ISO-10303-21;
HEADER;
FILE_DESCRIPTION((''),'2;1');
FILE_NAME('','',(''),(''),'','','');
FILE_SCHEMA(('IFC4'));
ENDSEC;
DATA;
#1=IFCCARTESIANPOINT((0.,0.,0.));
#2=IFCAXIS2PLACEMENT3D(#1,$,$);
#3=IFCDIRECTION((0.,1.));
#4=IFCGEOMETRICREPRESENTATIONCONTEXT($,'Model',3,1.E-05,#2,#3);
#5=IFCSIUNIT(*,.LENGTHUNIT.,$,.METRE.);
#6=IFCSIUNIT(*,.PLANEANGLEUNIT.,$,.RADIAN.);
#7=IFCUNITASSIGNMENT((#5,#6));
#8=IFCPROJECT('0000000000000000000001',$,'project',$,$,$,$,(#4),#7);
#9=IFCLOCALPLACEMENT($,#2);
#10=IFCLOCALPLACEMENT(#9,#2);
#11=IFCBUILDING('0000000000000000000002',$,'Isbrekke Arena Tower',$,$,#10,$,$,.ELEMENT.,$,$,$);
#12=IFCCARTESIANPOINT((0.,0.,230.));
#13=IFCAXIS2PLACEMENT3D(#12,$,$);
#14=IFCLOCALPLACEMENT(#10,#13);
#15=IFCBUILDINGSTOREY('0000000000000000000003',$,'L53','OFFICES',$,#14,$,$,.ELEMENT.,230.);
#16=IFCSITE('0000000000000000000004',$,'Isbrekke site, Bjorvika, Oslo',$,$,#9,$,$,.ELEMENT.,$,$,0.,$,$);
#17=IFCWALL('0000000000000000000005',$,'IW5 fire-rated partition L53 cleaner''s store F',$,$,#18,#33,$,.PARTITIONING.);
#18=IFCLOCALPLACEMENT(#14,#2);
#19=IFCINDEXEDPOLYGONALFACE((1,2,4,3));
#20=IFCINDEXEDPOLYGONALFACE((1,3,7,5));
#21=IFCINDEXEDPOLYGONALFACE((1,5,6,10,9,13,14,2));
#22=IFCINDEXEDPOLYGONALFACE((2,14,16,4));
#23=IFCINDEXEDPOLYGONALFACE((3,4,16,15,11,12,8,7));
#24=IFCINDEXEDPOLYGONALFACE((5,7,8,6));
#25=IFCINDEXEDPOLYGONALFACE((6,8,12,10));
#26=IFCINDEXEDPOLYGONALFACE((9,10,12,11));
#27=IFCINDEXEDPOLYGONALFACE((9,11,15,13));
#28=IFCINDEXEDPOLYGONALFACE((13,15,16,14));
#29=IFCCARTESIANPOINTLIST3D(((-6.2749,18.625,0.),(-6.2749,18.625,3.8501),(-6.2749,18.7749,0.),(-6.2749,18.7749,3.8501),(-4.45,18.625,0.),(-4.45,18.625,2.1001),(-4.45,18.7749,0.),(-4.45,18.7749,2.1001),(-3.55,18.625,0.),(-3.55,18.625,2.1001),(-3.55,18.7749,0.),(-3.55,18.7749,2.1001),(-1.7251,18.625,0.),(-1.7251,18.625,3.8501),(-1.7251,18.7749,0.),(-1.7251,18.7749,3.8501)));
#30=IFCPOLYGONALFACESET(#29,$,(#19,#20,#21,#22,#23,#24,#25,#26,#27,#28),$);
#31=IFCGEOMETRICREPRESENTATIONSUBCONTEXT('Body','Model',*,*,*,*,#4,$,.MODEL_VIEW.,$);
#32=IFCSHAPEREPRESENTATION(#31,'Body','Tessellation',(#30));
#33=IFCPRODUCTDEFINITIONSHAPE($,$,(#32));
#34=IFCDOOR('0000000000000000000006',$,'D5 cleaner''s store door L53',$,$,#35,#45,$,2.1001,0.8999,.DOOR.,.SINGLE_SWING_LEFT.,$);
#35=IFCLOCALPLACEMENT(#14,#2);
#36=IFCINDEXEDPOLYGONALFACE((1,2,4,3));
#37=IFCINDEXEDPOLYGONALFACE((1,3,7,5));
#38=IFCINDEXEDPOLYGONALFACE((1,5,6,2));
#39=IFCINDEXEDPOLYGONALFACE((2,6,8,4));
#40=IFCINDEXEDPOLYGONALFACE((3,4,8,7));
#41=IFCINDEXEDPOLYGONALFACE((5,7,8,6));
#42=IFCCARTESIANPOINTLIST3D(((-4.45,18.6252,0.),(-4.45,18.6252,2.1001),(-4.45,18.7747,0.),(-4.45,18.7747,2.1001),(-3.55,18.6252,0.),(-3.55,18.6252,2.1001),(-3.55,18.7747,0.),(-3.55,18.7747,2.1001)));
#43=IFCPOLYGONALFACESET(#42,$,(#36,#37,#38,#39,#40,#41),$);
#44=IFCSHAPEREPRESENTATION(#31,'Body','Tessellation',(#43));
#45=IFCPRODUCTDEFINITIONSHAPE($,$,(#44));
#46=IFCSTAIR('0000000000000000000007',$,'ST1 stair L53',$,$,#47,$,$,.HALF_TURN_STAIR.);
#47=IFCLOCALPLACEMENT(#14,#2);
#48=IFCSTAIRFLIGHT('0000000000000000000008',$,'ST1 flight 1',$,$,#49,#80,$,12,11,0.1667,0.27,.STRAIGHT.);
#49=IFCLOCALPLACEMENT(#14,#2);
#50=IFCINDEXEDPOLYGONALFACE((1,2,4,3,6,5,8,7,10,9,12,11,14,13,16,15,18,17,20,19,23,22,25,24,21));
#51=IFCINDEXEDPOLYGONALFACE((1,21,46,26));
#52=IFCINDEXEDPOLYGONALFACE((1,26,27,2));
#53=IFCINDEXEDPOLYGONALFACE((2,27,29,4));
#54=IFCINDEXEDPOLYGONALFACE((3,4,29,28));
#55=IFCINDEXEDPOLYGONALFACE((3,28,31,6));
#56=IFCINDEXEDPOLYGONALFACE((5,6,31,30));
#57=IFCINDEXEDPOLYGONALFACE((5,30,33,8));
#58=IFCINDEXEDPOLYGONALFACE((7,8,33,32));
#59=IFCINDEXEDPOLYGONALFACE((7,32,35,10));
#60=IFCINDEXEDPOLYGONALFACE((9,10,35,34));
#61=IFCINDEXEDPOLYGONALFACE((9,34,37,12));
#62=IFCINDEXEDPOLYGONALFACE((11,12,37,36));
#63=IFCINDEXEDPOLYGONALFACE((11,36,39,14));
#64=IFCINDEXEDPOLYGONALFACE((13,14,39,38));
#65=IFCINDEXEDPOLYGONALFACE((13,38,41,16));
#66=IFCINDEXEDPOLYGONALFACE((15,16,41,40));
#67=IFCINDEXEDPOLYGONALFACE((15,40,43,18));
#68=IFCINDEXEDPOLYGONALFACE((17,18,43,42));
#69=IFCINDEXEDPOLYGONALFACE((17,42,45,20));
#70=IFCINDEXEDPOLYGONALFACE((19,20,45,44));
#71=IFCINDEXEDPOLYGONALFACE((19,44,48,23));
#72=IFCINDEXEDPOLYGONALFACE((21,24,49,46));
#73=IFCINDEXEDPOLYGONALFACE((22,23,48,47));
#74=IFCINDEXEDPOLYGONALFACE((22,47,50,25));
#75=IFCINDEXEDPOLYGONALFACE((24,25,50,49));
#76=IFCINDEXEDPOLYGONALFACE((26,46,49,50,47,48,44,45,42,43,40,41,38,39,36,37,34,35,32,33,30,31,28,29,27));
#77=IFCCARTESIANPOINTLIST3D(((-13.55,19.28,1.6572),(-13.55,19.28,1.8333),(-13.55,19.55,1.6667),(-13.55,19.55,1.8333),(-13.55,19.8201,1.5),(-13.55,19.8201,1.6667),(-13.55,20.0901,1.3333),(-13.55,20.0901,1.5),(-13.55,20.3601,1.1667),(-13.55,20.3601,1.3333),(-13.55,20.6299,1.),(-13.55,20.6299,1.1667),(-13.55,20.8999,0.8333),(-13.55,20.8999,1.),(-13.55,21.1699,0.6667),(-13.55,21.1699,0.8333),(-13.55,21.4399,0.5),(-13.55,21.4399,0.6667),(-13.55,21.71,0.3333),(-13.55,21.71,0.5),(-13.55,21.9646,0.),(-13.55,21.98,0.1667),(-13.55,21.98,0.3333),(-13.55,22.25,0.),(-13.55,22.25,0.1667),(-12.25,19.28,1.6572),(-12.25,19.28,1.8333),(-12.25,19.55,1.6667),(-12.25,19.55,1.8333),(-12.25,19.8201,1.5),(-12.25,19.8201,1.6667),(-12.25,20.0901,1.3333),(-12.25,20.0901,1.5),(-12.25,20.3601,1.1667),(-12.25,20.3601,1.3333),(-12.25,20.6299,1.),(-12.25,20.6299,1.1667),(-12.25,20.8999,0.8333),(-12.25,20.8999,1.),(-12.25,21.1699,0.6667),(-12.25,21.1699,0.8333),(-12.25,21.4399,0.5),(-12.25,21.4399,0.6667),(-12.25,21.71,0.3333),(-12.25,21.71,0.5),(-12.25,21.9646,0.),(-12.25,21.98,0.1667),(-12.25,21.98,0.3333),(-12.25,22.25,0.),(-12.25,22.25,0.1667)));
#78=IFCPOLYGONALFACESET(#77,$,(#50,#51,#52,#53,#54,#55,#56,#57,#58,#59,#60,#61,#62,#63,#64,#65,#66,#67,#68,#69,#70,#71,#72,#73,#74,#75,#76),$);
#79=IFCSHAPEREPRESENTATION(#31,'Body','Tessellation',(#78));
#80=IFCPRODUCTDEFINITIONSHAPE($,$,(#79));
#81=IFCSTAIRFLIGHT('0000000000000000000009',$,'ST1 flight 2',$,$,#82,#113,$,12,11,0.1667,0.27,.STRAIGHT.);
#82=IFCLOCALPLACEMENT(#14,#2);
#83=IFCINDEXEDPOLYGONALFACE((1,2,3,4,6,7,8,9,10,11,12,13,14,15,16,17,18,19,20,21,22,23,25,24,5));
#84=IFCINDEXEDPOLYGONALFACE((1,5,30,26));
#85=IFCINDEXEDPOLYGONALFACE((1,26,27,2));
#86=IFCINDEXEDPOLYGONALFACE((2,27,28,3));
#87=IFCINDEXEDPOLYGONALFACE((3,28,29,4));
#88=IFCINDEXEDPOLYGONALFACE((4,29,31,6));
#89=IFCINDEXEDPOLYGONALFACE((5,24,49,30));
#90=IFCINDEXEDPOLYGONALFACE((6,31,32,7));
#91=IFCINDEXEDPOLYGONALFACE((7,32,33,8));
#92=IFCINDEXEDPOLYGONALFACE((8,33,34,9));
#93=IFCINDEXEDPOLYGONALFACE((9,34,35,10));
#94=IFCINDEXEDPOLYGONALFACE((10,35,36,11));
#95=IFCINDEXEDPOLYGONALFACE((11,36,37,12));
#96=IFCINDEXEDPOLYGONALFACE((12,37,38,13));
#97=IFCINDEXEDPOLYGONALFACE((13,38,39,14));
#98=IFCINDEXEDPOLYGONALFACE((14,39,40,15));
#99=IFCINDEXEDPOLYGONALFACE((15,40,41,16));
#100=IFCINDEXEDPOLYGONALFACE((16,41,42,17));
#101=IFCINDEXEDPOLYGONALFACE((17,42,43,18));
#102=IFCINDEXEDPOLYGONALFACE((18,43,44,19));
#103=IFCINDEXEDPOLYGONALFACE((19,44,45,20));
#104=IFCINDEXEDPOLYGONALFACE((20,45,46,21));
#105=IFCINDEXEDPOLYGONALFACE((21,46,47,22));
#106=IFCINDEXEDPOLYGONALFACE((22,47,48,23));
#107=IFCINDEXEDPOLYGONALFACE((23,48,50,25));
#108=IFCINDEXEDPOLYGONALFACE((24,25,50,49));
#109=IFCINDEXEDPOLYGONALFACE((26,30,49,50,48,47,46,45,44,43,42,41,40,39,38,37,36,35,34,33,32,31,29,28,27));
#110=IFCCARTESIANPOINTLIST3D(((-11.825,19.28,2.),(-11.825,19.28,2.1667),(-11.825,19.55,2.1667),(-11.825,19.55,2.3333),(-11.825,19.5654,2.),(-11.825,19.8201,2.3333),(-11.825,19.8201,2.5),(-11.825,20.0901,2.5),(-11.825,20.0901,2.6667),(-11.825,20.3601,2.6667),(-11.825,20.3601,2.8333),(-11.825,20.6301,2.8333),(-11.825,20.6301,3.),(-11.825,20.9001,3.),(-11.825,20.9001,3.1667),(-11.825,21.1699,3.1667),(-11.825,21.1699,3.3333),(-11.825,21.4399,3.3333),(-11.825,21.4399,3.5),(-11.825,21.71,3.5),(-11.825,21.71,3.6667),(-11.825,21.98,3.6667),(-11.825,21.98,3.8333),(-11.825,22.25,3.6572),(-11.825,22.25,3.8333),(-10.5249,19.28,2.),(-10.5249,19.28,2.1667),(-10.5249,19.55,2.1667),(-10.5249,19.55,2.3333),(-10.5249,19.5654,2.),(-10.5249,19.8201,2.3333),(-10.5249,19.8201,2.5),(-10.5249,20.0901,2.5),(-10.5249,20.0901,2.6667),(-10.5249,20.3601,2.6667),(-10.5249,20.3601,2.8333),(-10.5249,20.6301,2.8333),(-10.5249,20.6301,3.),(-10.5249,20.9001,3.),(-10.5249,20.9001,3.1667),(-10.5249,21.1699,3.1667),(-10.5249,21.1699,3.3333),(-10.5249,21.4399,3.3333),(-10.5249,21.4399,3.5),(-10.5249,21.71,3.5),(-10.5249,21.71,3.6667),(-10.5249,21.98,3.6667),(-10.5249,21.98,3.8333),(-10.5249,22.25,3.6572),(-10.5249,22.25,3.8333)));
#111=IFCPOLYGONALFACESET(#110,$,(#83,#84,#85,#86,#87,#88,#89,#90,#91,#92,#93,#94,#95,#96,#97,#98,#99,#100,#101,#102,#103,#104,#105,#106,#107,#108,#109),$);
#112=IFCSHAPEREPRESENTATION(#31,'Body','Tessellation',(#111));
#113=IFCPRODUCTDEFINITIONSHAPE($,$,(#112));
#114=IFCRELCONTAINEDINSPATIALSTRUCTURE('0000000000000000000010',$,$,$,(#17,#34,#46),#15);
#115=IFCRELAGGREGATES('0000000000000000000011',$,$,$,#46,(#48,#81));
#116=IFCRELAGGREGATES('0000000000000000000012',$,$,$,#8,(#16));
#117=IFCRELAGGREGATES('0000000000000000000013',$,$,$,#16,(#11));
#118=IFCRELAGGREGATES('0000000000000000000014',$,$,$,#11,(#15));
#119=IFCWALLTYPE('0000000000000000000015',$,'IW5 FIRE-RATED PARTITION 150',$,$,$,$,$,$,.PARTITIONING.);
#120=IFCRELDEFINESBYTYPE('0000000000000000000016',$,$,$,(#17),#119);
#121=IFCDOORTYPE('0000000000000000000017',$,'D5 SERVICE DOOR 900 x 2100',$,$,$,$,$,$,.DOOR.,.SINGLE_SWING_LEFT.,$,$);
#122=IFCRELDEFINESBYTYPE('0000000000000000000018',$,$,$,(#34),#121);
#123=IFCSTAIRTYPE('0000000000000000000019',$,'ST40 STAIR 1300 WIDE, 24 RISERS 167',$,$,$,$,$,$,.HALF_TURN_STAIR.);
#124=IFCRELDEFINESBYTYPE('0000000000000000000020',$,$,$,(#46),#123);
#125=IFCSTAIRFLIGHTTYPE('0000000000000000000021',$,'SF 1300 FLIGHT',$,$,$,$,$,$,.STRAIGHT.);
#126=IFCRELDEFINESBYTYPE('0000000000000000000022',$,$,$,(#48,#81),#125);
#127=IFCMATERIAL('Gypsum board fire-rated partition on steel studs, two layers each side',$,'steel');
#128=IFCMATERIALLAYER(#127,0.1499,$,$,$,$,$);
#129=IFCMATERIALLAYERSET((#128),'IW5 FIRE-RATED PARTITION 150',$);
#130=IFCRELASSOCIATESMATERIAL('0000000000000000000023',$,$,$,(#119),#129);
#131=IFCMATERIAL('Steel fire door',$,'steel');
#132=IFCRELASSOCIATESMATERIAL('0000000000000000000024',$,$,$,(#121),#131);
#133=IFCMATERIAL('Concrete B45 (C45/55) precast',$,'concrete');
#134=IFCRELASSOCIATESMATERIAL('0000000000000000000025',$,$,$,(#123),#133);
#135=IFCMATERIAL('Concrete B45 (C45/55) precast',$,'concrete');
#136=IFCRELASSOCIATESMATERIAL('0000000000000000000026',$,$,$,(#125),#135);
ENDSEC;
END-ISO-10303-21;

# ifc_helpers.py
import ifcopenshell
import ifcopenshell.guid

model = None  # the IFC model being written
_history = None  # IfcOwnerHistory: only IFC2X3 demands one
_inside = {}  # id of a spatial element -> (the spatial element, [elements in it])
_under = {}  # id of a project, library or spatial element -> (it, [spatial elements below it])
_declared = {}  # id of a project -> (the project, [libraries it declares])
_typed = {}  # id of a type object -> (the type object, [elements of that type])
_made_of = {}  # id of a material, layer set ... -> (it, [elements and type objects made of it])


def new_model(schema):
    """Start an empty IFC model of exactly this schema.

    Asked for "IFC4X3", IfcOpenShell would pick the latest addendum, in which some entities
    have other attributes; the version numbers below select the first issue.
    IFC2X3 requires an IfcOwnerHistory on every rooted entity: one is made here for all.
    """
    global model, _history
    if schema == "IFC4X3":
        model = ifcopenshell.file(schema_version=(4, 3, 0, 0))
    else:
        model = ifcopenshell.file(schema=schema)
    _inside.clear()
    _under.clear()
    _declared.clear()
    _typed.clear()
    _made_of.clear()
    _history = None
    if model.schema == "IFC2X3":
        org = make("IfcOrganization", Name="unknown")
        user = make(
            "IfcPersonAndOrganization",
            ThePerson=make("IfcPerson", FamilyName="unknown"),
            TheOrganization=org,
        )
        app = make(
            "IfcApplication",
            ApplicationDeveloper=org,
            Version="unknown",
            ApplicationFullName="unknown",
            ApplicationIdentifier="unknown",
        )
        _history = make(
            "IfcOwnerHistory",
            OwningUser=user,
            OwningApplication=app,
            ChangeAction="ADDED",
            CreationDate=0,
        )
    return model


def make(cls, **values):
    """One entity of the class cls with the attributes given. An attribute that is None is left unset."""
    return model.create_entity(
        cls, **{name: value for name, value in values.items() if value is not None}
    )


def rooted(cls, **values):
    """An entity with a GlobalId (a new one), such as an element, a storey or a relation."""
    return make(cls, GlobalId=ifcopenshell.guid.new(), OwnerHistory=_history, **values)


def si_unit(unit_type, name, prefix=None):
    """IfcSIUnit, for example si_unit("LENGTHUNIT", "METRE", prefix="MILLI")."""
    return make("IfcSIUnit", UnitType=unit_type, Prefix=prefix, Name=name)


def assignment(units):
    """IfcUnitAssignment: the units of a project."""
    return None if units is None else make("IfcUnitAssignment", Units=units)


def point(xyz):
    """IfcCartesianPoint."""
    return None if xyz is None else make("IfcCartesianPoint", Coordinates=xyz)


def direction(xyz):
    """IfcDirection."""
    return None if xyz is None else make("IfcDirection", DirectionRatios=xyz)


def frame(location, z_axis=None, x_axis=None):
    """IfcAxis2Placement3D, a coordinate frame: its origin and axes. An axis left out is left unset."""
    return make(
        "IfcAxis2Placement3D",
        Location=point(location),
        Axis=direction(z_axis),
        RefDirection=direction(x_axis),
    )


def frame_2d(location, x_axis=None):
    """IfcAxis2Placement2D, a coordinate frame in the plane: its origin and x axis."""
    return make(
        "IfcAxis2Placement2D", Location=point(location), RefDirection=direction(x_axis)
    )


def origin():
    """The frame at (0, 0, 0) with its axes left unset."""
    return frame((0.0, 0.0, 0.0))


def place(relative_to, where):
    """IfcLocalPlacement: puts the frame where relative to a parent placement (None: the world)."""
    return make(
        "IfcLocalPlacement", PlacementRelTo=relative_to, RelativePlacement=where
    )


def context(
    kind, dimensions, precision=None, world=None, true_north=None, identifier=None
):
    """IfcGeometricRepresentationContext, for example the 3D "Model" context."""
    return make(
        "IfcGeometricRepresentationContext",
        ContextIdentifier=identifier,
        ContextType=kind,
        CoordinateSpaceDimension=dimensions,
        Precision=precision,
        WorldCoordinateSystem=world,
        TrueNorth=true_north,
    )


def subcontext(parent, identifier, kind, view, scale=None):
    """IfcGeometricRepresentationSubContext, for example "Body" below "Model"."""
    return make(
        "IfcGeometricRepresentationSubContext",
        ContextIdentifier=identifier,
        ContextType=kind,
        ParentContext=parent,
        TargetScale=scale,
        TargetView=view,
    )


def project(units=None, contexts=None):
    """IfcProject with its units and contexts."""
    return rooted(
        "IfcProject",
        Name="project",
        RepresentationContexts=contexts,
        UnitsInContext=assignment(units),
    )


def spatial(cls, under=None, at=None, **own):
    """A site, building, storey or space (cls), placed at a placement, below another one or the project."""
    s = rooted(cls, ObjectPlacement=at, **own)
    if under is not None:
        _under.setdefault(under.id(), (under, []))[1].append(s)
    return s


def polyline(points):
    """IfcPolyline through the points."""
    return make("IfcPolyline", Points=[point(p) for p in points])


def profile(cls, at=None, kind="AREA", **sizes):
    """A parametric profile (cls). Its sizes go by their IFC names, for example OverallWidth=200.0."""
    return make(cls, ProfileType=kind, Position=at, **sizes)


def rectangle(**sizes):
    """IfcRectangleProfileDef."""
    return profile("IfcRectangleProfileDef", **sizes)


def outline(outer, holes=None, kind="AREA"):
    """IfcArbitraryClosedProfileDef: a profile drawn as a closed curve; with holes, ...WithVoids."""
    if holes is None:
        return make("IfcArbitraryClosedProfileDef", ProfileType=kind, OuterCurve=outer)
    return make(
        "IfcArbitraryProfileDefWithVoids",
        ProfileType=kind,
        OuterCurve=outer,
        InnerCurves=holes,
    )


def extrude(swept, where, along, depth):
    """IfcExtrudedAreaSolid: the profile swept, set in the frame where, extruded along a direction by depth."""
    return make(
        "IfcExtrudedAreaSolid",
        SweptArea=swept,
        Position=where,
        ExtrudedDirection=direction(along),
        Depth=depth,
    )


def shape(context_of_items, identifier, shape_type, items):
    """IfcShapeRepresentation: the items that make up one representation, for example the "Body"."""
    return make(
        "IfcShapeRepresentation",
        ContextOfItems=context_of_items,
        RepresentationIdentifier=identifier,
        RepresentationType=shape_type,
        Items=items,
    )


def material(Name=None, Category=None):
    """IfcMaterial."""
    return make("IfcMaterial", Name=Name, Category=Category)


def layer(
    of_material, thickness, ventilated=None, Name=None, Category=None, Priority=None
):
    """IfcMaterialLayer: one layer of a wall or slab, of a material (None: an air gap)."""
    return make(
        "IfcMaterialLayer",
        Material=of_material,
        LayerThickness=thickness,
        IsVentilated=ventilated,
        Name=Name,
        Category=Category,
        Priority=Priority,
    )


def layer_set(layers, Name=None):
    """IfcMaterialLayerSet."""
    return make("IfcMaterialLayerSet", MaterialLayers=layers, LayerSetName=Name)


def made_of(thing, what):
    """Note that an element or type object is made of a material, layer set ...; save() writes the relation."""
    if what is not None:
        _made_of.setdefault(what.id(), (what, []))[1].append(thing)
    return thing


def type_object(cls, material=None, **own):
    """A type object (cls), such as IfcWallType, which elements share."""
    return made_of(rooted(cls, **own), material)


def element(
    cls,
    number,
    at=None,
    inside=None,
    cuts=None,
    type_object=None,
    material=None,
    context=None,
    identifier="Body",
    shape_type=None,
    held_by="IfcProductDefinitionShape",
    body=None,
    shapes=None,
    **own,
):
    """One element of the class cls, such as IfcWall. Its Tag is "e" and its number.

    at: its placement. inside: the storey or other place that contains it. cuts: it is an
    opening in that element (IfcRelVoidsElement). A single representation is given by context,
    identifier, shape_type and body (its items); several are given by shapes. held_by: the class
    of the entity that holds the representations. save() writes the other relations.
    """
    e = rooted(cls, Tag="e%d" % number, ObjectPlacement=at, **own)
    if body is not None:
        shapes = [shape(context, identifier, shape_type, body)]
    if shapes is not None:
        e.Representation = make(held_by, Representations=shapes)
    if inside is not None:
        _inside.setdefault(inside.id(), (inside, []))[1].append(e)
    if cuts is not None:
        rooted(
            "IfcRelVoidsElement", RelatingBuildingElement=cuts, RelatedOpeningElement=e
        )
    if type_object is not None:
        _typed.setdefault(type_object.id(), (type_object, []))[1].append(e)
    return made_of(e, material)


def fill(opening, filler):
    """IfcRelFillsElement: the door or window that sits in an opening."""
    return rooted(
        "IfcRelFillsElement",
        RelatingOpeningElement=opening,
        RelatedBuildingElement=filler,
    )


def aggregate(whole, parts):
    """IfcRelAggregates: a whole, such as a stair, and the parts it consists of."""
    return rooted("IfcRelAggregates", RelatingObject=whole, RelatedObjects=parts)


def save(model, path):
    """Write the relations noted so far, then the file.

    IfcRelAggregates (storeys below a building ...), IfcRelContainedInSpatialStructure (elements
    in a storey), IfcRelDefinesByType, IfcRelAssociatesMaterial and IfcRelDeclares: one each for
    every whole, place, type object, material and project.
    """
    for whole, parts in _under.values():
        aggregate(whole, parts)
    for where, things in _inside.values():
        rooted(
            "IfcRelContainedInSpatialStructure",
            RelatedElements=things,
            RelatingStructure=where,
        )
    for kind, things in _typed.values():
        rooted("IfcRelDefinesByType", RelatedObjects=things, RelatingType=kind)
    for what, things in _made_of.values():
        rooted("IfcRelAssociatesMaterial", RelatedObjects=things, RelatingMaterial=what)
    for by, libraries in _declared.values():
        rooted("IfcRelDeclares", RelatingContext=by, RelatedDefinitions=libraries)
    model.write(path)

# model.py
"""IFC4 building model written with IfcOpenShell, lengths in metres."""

from ifc_helpers import new_model, si_unit, direction, frame, frame_2d, origin, place, context, subcontext, project, spatial, polyline, rectangle, outline, extrude, material, layer, layer_set, type_object, element, fill, aggregate, save


model = new_model("IFC4")

# Units and contexts
model_context = context("Model", 3, precision=1e-05, world=origin(), true_north=direction((0.0, 1.0)))
body_context = subcontext(model_context, "Body", "Model", "MODEL_VIEW")
ifc_project = project(units=[si_unit("LENGTHUNIT", "METRE"), si_unit("PLANEANGLEUNIT", "RADIAN")], contexts=[model_context])

# Site, building, storey
site_placement = place(None, origin())
site = spatial("IfcSite", under=ifc_project, at=site_placement, Name="Isbrekke site, Bjorvika, Oslo", CompositionType="ELEMENT", RefElevation=0.0)
building_placement = place(site_placement, origin())
building = spatial("IfcBuilding", under=site, at=building_placement, Name="Isbrekke Arena Tower", CompositionType="ELEMENT")
storey_placement = place(building_placement, frame((0.0, 0.0, 230.0)))
storey = spatial("IfcBuildingStorey", under=building, at=storey_placement, Name="L53", Description="OFFICES", CompositionType="ELEMENT", Elevation=230.0)

# Wall, opening, door
ifc_material_1 = material(Name="Gypsum board fire-rated partition on steel studs, two layers each side", Category="steel")
ifc_layer_1 = layer(ifc_material_1, 0.1499)
ifc_layer_set_1 = layer_set([ifc_layer_1], Name="IW5 FIRE-RATED PARTITION 150")
wall_type_1 = type_object("IfcWallType", Name="IW5 FIRE-RATED PARTITION 150", PredefinedType="PARTITIONING", material=ifc_layer_set_1)
wall_1_placement = place(storey_placement, frame((-6.2749, 18.7, 0.0), z_axis=(0.0, 0.0, 1.0), x_axis=(1.0, 0.0, 0.0)))
wall_1 = element("IfcWall", 1, at=wall_1_placement, inside=storey, type_object=wall_type_1, Name="IW5 fire-rated partition L53 cleaner's store F", PredefinedType="PARTITIONING", context=body_context, shape_type="SweptSolid", body=[
    extrude(rectangle(XDim=4.5498, YDim=0.1499, at=frame_2d((2.2749, 0.0))), origin(), (0.0, 0.0, 1.0), 3.8501),
])
opening_1_placement = place(wall_1_placement, frame((1.825, 0.0, 0.0)))
opening_1 = element("IfcOpeningElement", 2, at=opening_1_placement, cuts=wall_1, PredefinedType="OPENING", context=body_context, shape_type="SweptSolid", body=[
    extrude(rectangle(XDim=0.8999, YDim=2.1001, at=frame_2d((0.45, 1.05))), frame((0.0, 0.0898, 0.0), z_axis=(0.0, -1.0, 0.0), x_axis=(1.0, 0.0, 0.0)), (0.0, 0.0, 1.0), 0.1797),
])
ifc_material_2 = material(Name="Steel fire door", Category="steel")
door_type_1 = type_object("IfcDoorType", Name="D5 SERVICE DOOR 900 x 2100", OperationType="SINGLE_SWING_LEFT", PredefinedType="DOOR", material=ifc_material_2)
door_1_placement = place(opening_1_placement, origin())
door_1 = element("IfcDoor", 3, at=door_1_placement, inside=storey, type_object=door_type_1, Name="D5 cleaner's store door L53", OperationType="SINGLE_SWING_LEFT", OverallHeight=2.1001, OverallWidth=0.8999, PredefinedType="DOOR", context=body_context, shape_type="SweptSolid", body=[
    extrude(rectangle(XDim=0.8999, YDim=2.1001, at=frame_2d((0.45, 1.05))), frame((0.0, 0.0747, 0.0), z_axis=(0.0, -1.0, 0.0), x_axis=(1.0, 0.0, 0.0)), (0.0, 0.0, 1.0), 0.1494),
])
fill(opening_1, door_1)

# Stair, stair flights
ifc_material_3 = material(Name="Concrete B45 (C45/55) precast", Category="concrete")
stair_type = type_object("IfcStairType", Name="ST40 STAIR 1300 WIDE, 24 RISERS 167", PredefinedType="HALF_TURN_STAIR", material=ifc_material_3)
stair_placement = place(storey_placement, origin())
stair = element("IfcStair", 4, at=stair_placement, inside=storey, type_object=stair_type, Name="ST1 stair L53", PredefinedType="HALF_TURN_STAIR")
ifc_material_4 = material(Name="Concrete B45 (C45/55) precast", Category="concrete")
stair_flight_type = type_object("IfcStairFlightType", Name="SF 1300 FLIGHT", PredefinedType="STRAIGHT", material=ifc_material_4)
stair_flight_1_placement = place(storey_placement, frame((-12.8999, 22.25, 0.0), z_axis=(0.0, 0.0, 1.0), x_axis=(0.0, -1.0, 0.0)))
stair_flight_1 = element("IfcStairFlight", 5, at=stair_flight_1_placement, type_object=stair_flight_type, Name="ST1 flight 1", NumberOfRisers=12, NumberOfTreads=11, PredefinedType="STRAIGHT", RiserHeight=0.1667, TreadLength=0.27, context=body_context, shape_type="SweptSolid", body=[
    extrude(outline(polyline([(0.0, 0.0), (0.0, 0.1667), (0.27, 0.1667), (0.27, 0.3333), (0.54, 0.3333), (0.54, 0.5), (0.8101, 0.5), (0.8101, 0.6667), (1.0801, 0.6667), (1.0801, 0.8333), (1.3501, 0.8333), (1.3501, 1.0), (1.6201, 1.0), (1.6201, 1.1667), (1.8899, 1.1667), (1.8899, 1.3333), (2.1599, 1.3333), (2.1599, 1.5), (2.4299, 1.5), (2.4299, 1.6667), (2.7, 1.6667), (2.7, 1.8333), (2.97, 1.8333), (2.97, 2.0), (2.97, 1.6572), (0.2854, 0.0), (0.0, 0.0)])), frame((0.0, 0.6499, 0.0), z_axis=(0.0, -1.0, 0.0), x_axis=(1.0, 0.0, 0.0)), (0.0, 0.0, 1.0), 1.3),
])
stair_flight_2_placement = place(storey_placement, frame((-11.175, 19.28, 2.0), z_axis=(0.0, 0.0, 1.0), x_axis=(0.0, 1.0, 0.0)))
stair_flight_2 = element("IfcStairFlight", 6, at=stair_flight_2_placement, type_object=stair_flight_type, Name="ST1 flight 2", NumberOfRisers=12, NumberOfTreads=11, PredefinedType="STRAIGHT", RiserHeight=0.1667, TreadLength=0.27, context=body_context, shape_type="SweptSolid", body=[
    extrude(outline(polyline([(0.0, 0.0), (0.0, 0.1667), (0.27, 0.1667), (0.27, 0.3333), (0.54, 0.3333), (0.54, 0.5), (0.8101, 0.5), (0.8101, 0.6667), (1.0801, 0.6667), (1.0801, 0.8333), (1.3501, 0.8333), (1.3501, 1.0), (1.6201, 1.0), (1.6201, 1.1667), (1.8899, 1.1667), (1.8899, 1.3333), (2.1599, 1.3333), (2.1599, 1.5), (2.4299, 1.5), (2.4299, 1.6667), (2.7, 1.6667), (2.7, 1.8333), (2.97, 1.8333), (2.97, 2.0), (2.97, 1.6572), (0.2854, 0.0), (0.0, 0.0)])), frame((0.0, 0.6499, 0.0), z_axis=(0.0, -1.0, 0.0), x_axis=(1.0, 0.0, 0.0)), (0.0, 0.0, 1.0), 1.3),
])
aggregate(stair, [stair_flight_1, stair_flight_2])

save(model, "model.ifc")
